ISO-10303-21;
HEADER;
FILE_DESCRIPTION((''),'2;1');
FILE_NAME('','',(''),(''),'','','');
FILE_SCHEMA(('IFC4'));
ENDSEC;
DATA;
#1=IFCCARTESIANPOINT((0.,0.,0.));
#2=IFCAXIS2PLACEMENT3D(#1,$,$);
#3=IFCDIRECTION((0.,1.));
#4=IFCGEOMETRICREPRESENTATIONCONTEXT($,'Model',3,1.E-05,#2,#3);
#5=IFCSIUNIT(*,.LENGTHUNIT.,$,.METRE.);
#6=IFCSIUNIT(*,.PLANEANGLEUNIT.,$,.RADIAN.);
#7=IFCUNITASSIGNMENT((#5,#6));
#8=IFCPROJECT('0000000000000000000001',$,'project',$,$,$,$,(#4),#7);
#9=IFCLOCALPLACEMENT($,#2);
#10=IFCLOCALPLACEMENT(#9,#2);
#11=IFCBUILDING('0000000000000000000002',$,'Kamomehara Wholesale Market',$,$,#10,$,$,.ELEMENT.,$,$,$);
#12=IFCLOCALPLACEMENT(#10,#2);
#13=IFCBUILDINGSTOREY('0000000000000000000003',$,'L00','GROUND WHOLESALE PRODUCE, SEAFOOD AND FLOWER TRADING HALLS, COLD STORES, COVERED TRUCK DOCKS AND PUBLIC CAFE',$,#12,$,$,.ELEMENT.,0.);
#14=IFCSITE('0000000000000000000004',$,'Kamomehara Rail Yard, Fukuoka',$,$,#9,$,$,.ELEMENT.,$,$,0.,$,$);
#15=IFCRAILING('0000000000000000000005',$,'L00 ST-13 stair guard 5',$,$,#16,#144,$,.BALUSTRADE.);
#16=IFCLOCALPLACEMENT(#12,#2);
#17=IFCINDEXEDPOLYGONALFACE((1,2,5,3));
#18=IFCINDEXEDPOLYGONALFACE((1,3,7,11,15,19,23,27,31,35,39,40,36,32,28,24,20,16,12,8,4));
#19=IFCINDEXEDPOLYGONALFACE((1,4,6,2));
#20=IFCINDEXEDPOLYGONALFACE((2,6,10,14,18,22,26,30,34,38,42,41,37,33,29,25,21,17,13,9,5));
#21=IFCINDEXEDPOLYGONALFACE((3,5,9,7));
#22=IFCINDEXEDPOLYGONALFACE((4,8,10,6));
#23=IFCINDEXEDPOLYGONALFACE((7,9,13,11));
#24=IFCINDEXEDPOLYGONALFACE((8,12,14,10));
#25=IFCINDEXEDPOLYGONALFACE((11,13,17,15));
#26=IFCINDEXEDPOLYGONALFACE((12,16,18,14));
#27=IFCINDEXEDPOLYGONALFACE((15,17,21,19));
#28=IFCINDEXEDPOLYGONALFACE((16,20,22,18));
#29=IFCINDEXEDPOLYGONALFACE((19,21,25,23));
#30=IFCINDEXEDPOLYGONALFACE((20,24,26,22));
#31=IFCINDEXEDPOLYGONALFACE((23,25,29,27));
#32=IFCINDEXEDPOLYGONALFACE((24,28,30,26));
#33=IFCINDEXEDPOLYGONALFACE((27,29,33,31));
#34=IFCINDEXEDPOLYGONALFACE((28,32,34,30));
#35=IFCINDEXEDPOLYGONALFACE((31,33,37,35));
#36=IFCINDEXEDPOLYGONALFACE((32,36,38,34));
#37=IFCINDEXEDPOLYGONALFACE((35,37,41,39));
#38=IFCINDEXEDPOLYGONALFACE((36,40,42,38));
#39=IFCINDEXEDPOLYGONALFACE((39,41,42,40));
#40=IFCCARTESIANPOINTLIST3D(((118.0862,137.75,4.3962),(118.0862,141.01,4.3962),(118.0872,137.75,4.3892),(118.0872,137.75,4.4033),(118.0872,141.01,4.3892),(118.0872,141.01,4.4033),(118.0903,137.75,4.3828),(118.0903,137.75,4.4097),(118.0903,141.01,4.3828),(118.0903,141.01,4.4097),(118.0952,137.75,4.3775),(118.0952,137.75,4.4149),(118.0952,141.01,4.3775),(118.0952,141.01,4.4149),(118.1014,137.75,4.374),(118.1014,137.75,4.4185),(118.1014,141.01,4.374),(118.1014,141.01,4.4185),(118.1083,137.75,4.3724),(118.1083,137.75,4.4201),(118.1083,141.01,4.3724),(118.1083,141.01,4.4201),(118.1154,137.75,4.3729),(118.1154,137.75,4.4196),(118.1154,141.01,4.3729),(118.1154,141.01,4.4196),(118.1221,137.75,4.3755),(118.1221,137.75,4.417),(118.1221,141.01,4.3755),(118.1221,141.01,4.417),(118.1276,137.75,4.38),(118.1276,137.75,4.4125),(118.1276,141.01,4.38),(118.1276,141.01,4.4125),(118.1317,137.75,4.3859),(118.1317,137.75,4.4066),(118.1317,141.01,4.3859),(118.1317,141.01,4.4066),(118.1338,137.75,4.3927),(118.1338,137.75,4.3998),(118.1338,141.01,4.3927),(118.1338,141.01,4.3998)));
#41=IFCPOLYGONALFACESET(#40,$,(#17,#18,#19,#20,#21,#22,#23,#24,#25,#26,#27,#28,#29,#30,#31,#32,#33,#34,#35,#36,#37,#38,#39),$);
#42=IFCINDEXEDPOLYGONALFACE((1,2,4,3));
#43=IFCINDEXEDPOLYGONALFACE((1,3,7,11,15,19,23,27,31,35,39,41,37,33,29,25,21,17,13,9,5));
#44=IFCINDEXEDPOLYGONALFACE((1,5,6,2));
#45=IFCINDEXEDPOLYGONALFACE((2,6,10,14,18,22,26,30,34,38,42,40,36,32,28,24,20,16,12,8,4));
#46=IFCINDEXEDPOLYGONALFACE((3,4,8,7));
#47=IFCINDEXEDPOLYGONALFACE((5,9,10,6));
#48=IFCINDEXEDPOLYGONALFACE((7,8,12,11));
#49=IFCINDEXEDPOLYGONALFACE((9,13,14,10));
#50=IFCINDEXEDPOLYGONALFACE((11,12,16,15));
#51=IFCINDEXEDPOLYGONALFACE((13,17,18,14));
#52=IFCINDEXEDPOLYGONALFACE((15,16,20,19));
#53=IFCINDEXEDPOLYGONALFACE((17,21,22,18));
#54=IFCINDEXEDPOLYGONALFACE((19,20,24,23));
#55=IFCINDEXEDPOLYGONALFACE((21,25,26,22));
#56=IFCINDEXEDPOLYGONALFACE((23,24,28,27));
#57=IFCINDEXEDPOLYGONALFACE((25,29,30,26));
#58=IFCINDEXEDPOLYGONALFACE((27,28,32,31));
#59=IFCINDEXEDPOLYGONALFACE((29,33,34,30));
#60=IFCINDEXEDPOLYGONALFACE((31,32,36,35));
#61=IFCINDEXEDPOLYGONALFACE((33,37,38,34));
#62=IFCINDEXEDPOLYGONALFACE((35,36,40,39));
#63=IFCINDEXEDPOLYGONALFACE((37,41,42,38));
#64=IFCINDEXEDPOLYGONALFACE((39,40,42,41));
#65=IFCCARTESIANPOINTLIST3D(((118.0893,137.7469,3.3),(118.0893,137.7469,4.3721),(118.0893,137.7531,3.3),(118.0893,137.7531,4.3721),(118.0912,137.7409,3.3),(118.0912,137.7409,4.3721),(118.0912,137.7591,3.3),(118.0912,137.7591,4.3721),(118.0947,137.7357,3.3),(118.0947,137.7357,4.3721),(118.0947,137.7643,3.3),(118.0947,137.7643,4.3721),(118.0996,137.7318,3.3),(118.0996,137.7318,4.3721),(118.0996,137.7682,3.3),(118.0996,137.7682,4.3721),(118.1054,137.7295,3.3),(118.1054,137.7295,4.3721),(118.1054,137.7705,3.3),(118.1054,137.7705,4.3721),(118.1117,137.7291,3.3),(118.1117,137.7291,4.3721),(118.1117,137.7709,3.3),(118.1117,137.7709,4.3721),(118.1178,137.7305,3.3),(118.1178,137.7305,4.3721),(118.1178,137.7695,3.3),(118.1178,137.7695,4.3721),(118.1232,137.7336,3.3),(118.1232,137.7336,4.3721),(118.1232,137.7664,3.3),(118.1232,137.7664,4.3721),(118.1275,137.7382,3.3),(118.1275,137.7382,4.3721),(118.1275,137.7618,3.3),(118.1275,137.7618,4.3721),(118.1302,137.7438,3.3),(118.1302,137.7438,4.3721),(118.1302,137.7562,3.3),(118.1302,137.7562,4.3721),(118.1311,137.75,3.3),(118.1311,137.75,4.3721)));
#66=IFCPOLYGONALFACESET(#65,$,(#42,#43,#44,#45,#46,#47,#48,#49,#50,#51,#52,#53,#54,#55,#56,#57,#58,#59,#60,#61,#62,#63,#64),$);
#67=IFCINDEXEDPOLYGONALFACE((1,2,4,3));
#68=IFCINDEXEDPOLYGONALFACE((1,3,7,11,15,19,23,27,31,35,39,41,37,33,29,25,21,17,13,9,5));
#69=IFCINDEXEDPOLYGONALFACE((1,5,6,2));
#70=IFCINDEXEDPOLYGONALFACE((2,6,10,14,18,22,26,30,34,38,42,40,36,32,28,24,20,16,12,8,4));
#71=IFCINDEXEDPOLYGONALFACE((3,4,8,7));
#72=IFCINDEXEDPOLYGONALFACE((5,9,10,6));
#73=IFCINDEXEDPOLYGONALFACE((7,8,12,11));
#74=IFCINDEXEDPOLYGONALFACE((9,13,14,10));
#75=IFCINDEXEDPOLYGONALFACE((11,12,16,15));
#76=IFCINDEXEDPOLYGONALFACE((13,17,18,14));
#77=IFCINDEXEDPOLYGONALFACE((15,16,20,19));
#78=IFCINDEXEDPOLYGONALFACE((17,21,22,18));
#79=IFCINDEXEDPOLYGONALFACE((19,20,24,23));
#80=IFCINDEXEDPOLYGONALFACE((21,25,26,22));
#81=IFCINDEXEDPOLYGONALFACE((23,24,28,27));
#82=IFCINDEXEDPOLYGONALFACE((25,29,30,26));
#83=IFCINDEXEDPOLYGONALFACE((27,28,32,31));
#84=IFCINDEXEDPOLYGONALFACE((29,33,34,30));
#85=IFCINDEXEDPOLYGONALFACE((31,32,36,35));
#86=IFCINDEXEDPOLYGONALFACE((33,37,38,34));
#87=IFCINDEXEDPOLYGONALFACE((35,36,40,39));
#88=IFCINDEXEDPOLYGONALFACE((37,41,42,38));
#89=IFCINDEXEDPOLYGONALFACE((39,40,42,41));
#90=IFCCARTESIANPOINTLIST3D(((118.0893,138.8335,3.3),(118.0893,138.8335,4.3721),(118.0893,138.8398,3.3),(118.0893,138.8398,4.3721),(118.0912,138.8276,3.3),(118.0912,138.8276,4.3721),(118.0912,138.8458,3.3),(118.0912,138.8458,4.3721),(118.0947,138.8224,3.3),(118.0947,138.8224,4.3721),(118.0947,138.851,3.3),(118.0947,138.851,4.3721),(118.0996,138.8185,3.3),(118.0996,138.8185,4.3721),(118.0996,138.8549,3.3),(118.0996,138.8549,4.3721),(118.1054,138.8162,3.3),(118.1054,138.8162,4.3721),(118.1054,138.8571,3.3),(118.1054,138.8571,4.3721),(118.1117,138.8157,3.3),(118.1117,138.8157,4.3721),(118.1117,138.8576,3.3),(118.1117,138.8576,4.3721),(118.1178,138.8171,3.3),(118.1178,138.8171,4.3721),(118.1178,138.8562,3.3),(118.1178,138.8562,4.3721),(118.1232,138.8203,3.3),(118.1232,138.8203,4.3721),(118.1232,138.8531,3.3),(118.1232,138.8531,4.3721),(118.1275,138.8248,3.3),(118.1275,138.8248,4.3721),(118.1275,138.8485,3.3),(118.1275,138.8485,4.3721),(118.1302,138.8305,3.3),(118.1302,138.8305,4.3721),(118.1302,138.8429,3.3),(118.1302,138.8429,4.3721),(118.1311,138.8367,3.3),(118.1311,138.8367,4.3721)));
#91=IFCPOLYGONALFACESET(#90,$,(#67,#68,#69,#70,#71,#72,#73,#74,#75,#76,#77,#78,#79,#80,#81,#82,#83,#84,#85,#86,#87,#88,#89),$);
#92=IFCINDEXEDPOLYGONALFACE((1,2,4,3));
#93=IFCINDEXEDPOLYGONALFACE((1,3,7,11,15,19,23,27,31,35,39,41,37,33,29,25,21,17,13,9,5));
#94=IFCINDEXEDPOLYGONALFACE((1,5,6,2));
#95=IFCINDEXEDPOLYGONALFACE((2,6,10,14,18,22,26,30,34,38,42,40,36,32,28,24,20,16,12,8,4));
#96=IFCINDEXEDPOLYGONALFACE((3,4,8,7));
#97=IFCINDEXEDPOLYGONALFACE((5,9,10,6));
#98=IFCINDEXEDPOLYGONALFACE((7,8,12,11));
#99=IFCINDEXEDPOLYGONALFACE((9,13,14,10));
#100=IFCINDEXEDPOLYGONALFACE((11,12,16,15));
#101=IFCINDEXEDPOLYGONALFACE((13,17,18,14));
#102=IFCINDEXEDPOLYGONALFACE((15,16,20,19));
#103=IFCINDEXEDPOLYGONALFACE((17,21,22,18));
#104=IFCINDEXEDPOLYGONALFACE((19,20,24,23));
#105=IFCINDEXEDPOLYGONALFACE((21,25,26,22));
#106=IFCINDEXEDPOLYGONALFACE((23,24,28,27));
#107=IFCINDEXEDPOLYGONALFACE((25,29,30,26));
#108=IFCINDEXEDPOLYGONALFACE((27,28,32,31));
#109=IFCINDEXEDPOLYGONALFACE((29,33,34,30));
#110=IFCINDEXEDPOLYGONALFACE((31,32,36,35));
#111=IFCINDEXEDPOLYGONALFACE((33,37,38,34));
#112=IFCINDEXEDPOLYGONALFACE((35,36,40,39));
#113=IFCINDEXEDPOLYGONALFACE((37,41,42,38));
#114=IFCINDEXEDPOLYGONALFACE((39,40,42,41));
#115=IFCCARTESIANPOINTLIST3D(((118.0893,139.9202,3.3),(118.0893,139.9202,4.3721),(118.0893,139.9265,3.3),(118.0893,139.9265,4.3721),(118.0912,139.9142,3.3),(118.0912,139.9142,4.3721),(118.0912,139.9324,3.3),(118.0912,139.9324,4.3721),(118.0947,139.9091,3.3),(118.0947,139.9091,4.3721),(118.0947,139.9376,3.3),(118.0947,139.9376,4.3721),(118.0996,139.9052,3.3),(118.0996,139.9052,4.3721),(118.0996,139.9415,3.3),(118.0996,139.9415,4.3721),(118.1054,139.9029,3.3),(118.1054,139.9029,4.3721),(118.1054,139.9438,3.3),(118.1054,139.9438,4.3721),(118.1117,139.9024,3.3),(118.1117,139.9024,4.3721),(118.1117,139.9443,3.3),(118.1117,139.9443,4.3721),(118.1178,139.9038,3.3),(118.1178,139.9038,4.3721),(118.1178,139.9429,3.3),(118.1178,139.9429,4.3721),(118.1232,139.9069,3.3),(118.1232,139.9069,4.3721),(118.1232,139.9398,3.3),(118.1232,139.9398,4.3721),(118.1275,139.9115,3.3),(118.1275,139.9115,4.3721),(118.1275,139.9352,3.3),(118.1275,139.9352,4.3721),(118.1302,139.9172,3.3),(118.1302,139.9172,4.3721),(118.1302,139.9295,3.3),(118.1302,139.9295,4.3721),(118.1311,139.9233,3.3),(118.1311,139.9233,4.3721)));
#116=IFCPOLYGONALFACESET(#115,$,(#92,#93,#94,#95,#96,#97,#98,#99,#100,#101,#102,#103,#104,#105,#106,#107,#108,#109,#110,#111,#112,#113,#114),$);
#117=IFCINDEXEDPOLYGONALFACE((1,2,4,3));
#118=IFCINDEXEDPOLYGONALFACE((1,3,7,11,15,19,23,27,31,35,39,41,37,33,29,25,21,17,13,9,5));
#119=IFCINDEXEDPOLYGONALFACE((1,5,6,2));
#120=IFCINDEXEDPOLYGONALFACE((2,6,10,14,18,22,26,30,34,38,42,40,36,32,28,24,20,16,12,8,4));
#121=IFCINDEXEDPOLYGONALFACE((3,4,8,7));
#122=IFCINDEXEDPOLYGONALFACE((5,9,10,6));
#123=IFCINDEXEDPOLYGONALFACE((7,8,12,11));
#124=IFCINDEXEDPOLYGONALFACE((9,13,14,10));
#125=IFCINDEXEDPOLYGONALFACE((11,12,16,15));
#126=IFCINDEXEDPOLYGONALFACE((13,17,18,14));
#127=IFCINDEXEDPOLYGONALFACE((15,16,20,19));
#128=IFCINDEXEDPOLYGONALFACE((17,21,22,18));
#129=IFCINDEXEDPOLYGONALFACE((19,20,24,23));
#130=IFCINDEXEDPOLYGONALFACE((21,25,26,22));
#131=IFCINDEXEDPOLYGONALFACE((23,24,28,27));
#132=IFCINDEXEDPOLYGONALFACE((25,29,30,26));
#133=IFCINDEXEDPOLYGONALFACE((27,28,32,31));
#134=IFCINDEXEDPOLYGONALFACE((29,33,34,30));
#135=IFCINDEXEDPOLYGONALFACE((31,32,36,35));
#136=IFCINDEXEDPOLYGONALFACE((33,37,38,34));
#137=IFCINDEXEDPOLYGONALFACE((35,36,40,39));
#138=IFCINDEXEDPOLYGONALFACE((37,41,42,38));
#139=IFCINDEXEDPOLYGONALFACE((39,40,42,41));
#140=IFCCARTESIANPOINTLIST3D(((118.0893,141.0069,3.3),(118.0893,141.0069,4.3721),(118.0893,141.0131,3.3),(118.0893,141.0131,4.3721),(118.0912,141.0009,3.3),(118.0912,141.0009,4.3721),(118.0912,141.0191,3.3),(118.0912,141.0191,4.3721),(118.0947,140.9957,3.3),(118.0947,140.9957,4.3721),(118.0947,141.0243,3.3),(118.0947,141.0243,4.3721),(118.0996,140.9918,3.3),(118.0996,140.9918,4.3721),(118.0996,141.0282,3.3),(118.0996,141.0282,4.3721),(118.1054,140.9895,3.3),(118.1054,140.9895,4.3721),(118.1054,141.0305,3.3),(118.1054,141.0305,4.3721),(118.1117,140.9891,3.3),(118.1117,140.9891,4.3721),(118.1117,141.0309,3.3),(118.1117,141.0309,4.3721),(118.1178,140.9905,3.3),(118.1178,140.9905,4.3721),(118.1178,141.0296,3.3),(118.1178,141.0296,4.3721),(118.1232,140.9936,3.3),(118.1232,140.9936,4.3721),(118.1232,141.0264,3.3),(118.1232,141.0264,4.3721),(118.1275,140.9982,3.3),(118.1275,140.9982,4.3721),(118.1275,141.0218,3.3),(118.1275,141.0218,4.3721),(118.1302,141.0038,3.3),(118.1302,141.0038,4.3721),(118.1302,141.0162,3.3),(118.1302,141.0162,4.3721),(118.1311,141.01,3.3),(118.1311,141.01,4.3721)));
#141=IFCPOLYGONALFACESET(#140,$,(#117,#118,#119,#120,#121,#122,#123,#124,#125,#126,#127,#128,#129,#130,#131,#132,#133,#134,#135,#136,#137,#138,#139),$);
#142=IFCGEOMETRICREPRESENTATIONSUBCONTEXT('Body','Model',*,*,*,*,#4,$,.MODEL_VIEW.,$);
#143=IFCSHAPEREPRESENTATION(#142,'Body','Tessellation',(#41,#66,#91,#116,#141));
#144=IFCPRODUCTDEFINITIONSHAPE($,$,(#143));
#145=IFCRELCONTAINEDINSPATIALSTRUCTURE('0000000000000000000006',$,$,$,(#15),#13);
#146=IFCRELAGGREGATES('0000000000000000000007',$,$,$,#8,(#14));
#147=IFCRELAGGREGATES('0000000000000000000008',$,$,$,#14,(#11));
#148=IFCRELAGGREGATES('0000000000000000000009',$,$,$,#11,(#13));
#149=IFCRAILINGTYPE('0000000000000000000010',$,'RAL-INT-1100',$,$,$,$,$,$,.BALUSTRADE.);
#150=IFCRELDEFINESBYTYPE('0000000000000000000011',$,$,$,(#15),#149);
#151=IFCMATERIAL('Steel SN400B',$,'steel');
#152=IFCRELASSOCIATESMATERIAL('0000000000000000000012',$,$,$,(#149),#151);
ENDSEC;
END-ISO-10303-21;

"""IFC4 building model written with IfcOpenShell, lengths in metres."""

from ifc_helpers import new_model, si_unit, direction, frame, origin, origin_2d, place, context, subcontext, project, spatial, circle, extrude, material, type_object, element, save


model = new_model("IFC4")

# Units and contexts
model_context = context("Model", 3, precision=1e-05, world=origin(), true_north=direction((0.0, 1.0)))
body_context = subcontext(model_context, "Body", "Model", "MODEL_VIEW")
ifc_project = project(units=[si_unit("LENGTHUNIT", "METRE"), si_unit("PLANEANGLEUNIT", "RADIAN")], contexts=[model_context])

# Site, building, storey
site_placement = place(None, origin())
site = spatial("IfcSite", under=ifc_project, at=site_placement, Name="Kamomehara Rail Yard, Fukuoka", CompositionType="ELEMENT", RefElevation=0.0)
building_placement = place(site_placement, origin())
building = spatial("IfcBuilding", under=site, at=building_placement, Name="Kamomehara Wholesale Market", CompositionType="ELEMENT")
storey_placement = place(building_placement, origin())
storey = spatial("IfcBuildingStorey", under=building, at=storey_placement, Name="L00", Description="GROUND WHOLESALE PRODUCE, SEAFOOD AND FLOWER TRADING HALLS, COLD STORES, COVERED TRUCK DOCKS AND PUBLIC CAFE", CompositionType="ELEMENT", Elevation=0.0)

# Railing
ifc_material_1 = material(Name="Steel SN400B", Category="steel")
railing_type_1 = type_object("IfcRailingType", Name="RAL-INT-1100", PredefinedType="BALUSTRADE", material=ifc_material_1)
railing_1_placement = place(storey_placement, frame((118.1101, 137.75, 3.3)))
element("IfcRailing", 1, at=railing_1_placement, inside=storey, type_object=railing_type_1, Name="L00 ST-13 stair guard 5", PredefinedType="BALUSTRADE", context=body_context, shape_type="SweptSolid", body=[
    extrude(circle(Radius=0.0239, at=origin_2d()), frame((0.0, 0.0, 1.0962), z_axis=(0.0, 1.0, 0.0), x_axis=(-1.0, 0.0, 0.0)), (0.0, 0.0, 1.0), 3.26),
    extrude(circle(Radius=0.021, at=origin_2d()), origin(), (0.0, 0.0, 1.0), 1.072),
    extrude(circle(Radius=0.021, at=origin_2d()), frame((0.0, 1.0867, 0.0)), (0.0, 0.0, 1.0), 1.072),
    extrude(circle(Radius=0.021, at=origin_2d()), frame((0.0, 2.1733, 0.0)), (0.0, 0.0, 1.0), 1.072),
    extrude(circle(Radius=0.021, at=origin_2d()), frame((0.0, 3.26, 0.0)), (0.0, 0.0, 1.0), 1.072),
])

save(model, "model.ifc")
